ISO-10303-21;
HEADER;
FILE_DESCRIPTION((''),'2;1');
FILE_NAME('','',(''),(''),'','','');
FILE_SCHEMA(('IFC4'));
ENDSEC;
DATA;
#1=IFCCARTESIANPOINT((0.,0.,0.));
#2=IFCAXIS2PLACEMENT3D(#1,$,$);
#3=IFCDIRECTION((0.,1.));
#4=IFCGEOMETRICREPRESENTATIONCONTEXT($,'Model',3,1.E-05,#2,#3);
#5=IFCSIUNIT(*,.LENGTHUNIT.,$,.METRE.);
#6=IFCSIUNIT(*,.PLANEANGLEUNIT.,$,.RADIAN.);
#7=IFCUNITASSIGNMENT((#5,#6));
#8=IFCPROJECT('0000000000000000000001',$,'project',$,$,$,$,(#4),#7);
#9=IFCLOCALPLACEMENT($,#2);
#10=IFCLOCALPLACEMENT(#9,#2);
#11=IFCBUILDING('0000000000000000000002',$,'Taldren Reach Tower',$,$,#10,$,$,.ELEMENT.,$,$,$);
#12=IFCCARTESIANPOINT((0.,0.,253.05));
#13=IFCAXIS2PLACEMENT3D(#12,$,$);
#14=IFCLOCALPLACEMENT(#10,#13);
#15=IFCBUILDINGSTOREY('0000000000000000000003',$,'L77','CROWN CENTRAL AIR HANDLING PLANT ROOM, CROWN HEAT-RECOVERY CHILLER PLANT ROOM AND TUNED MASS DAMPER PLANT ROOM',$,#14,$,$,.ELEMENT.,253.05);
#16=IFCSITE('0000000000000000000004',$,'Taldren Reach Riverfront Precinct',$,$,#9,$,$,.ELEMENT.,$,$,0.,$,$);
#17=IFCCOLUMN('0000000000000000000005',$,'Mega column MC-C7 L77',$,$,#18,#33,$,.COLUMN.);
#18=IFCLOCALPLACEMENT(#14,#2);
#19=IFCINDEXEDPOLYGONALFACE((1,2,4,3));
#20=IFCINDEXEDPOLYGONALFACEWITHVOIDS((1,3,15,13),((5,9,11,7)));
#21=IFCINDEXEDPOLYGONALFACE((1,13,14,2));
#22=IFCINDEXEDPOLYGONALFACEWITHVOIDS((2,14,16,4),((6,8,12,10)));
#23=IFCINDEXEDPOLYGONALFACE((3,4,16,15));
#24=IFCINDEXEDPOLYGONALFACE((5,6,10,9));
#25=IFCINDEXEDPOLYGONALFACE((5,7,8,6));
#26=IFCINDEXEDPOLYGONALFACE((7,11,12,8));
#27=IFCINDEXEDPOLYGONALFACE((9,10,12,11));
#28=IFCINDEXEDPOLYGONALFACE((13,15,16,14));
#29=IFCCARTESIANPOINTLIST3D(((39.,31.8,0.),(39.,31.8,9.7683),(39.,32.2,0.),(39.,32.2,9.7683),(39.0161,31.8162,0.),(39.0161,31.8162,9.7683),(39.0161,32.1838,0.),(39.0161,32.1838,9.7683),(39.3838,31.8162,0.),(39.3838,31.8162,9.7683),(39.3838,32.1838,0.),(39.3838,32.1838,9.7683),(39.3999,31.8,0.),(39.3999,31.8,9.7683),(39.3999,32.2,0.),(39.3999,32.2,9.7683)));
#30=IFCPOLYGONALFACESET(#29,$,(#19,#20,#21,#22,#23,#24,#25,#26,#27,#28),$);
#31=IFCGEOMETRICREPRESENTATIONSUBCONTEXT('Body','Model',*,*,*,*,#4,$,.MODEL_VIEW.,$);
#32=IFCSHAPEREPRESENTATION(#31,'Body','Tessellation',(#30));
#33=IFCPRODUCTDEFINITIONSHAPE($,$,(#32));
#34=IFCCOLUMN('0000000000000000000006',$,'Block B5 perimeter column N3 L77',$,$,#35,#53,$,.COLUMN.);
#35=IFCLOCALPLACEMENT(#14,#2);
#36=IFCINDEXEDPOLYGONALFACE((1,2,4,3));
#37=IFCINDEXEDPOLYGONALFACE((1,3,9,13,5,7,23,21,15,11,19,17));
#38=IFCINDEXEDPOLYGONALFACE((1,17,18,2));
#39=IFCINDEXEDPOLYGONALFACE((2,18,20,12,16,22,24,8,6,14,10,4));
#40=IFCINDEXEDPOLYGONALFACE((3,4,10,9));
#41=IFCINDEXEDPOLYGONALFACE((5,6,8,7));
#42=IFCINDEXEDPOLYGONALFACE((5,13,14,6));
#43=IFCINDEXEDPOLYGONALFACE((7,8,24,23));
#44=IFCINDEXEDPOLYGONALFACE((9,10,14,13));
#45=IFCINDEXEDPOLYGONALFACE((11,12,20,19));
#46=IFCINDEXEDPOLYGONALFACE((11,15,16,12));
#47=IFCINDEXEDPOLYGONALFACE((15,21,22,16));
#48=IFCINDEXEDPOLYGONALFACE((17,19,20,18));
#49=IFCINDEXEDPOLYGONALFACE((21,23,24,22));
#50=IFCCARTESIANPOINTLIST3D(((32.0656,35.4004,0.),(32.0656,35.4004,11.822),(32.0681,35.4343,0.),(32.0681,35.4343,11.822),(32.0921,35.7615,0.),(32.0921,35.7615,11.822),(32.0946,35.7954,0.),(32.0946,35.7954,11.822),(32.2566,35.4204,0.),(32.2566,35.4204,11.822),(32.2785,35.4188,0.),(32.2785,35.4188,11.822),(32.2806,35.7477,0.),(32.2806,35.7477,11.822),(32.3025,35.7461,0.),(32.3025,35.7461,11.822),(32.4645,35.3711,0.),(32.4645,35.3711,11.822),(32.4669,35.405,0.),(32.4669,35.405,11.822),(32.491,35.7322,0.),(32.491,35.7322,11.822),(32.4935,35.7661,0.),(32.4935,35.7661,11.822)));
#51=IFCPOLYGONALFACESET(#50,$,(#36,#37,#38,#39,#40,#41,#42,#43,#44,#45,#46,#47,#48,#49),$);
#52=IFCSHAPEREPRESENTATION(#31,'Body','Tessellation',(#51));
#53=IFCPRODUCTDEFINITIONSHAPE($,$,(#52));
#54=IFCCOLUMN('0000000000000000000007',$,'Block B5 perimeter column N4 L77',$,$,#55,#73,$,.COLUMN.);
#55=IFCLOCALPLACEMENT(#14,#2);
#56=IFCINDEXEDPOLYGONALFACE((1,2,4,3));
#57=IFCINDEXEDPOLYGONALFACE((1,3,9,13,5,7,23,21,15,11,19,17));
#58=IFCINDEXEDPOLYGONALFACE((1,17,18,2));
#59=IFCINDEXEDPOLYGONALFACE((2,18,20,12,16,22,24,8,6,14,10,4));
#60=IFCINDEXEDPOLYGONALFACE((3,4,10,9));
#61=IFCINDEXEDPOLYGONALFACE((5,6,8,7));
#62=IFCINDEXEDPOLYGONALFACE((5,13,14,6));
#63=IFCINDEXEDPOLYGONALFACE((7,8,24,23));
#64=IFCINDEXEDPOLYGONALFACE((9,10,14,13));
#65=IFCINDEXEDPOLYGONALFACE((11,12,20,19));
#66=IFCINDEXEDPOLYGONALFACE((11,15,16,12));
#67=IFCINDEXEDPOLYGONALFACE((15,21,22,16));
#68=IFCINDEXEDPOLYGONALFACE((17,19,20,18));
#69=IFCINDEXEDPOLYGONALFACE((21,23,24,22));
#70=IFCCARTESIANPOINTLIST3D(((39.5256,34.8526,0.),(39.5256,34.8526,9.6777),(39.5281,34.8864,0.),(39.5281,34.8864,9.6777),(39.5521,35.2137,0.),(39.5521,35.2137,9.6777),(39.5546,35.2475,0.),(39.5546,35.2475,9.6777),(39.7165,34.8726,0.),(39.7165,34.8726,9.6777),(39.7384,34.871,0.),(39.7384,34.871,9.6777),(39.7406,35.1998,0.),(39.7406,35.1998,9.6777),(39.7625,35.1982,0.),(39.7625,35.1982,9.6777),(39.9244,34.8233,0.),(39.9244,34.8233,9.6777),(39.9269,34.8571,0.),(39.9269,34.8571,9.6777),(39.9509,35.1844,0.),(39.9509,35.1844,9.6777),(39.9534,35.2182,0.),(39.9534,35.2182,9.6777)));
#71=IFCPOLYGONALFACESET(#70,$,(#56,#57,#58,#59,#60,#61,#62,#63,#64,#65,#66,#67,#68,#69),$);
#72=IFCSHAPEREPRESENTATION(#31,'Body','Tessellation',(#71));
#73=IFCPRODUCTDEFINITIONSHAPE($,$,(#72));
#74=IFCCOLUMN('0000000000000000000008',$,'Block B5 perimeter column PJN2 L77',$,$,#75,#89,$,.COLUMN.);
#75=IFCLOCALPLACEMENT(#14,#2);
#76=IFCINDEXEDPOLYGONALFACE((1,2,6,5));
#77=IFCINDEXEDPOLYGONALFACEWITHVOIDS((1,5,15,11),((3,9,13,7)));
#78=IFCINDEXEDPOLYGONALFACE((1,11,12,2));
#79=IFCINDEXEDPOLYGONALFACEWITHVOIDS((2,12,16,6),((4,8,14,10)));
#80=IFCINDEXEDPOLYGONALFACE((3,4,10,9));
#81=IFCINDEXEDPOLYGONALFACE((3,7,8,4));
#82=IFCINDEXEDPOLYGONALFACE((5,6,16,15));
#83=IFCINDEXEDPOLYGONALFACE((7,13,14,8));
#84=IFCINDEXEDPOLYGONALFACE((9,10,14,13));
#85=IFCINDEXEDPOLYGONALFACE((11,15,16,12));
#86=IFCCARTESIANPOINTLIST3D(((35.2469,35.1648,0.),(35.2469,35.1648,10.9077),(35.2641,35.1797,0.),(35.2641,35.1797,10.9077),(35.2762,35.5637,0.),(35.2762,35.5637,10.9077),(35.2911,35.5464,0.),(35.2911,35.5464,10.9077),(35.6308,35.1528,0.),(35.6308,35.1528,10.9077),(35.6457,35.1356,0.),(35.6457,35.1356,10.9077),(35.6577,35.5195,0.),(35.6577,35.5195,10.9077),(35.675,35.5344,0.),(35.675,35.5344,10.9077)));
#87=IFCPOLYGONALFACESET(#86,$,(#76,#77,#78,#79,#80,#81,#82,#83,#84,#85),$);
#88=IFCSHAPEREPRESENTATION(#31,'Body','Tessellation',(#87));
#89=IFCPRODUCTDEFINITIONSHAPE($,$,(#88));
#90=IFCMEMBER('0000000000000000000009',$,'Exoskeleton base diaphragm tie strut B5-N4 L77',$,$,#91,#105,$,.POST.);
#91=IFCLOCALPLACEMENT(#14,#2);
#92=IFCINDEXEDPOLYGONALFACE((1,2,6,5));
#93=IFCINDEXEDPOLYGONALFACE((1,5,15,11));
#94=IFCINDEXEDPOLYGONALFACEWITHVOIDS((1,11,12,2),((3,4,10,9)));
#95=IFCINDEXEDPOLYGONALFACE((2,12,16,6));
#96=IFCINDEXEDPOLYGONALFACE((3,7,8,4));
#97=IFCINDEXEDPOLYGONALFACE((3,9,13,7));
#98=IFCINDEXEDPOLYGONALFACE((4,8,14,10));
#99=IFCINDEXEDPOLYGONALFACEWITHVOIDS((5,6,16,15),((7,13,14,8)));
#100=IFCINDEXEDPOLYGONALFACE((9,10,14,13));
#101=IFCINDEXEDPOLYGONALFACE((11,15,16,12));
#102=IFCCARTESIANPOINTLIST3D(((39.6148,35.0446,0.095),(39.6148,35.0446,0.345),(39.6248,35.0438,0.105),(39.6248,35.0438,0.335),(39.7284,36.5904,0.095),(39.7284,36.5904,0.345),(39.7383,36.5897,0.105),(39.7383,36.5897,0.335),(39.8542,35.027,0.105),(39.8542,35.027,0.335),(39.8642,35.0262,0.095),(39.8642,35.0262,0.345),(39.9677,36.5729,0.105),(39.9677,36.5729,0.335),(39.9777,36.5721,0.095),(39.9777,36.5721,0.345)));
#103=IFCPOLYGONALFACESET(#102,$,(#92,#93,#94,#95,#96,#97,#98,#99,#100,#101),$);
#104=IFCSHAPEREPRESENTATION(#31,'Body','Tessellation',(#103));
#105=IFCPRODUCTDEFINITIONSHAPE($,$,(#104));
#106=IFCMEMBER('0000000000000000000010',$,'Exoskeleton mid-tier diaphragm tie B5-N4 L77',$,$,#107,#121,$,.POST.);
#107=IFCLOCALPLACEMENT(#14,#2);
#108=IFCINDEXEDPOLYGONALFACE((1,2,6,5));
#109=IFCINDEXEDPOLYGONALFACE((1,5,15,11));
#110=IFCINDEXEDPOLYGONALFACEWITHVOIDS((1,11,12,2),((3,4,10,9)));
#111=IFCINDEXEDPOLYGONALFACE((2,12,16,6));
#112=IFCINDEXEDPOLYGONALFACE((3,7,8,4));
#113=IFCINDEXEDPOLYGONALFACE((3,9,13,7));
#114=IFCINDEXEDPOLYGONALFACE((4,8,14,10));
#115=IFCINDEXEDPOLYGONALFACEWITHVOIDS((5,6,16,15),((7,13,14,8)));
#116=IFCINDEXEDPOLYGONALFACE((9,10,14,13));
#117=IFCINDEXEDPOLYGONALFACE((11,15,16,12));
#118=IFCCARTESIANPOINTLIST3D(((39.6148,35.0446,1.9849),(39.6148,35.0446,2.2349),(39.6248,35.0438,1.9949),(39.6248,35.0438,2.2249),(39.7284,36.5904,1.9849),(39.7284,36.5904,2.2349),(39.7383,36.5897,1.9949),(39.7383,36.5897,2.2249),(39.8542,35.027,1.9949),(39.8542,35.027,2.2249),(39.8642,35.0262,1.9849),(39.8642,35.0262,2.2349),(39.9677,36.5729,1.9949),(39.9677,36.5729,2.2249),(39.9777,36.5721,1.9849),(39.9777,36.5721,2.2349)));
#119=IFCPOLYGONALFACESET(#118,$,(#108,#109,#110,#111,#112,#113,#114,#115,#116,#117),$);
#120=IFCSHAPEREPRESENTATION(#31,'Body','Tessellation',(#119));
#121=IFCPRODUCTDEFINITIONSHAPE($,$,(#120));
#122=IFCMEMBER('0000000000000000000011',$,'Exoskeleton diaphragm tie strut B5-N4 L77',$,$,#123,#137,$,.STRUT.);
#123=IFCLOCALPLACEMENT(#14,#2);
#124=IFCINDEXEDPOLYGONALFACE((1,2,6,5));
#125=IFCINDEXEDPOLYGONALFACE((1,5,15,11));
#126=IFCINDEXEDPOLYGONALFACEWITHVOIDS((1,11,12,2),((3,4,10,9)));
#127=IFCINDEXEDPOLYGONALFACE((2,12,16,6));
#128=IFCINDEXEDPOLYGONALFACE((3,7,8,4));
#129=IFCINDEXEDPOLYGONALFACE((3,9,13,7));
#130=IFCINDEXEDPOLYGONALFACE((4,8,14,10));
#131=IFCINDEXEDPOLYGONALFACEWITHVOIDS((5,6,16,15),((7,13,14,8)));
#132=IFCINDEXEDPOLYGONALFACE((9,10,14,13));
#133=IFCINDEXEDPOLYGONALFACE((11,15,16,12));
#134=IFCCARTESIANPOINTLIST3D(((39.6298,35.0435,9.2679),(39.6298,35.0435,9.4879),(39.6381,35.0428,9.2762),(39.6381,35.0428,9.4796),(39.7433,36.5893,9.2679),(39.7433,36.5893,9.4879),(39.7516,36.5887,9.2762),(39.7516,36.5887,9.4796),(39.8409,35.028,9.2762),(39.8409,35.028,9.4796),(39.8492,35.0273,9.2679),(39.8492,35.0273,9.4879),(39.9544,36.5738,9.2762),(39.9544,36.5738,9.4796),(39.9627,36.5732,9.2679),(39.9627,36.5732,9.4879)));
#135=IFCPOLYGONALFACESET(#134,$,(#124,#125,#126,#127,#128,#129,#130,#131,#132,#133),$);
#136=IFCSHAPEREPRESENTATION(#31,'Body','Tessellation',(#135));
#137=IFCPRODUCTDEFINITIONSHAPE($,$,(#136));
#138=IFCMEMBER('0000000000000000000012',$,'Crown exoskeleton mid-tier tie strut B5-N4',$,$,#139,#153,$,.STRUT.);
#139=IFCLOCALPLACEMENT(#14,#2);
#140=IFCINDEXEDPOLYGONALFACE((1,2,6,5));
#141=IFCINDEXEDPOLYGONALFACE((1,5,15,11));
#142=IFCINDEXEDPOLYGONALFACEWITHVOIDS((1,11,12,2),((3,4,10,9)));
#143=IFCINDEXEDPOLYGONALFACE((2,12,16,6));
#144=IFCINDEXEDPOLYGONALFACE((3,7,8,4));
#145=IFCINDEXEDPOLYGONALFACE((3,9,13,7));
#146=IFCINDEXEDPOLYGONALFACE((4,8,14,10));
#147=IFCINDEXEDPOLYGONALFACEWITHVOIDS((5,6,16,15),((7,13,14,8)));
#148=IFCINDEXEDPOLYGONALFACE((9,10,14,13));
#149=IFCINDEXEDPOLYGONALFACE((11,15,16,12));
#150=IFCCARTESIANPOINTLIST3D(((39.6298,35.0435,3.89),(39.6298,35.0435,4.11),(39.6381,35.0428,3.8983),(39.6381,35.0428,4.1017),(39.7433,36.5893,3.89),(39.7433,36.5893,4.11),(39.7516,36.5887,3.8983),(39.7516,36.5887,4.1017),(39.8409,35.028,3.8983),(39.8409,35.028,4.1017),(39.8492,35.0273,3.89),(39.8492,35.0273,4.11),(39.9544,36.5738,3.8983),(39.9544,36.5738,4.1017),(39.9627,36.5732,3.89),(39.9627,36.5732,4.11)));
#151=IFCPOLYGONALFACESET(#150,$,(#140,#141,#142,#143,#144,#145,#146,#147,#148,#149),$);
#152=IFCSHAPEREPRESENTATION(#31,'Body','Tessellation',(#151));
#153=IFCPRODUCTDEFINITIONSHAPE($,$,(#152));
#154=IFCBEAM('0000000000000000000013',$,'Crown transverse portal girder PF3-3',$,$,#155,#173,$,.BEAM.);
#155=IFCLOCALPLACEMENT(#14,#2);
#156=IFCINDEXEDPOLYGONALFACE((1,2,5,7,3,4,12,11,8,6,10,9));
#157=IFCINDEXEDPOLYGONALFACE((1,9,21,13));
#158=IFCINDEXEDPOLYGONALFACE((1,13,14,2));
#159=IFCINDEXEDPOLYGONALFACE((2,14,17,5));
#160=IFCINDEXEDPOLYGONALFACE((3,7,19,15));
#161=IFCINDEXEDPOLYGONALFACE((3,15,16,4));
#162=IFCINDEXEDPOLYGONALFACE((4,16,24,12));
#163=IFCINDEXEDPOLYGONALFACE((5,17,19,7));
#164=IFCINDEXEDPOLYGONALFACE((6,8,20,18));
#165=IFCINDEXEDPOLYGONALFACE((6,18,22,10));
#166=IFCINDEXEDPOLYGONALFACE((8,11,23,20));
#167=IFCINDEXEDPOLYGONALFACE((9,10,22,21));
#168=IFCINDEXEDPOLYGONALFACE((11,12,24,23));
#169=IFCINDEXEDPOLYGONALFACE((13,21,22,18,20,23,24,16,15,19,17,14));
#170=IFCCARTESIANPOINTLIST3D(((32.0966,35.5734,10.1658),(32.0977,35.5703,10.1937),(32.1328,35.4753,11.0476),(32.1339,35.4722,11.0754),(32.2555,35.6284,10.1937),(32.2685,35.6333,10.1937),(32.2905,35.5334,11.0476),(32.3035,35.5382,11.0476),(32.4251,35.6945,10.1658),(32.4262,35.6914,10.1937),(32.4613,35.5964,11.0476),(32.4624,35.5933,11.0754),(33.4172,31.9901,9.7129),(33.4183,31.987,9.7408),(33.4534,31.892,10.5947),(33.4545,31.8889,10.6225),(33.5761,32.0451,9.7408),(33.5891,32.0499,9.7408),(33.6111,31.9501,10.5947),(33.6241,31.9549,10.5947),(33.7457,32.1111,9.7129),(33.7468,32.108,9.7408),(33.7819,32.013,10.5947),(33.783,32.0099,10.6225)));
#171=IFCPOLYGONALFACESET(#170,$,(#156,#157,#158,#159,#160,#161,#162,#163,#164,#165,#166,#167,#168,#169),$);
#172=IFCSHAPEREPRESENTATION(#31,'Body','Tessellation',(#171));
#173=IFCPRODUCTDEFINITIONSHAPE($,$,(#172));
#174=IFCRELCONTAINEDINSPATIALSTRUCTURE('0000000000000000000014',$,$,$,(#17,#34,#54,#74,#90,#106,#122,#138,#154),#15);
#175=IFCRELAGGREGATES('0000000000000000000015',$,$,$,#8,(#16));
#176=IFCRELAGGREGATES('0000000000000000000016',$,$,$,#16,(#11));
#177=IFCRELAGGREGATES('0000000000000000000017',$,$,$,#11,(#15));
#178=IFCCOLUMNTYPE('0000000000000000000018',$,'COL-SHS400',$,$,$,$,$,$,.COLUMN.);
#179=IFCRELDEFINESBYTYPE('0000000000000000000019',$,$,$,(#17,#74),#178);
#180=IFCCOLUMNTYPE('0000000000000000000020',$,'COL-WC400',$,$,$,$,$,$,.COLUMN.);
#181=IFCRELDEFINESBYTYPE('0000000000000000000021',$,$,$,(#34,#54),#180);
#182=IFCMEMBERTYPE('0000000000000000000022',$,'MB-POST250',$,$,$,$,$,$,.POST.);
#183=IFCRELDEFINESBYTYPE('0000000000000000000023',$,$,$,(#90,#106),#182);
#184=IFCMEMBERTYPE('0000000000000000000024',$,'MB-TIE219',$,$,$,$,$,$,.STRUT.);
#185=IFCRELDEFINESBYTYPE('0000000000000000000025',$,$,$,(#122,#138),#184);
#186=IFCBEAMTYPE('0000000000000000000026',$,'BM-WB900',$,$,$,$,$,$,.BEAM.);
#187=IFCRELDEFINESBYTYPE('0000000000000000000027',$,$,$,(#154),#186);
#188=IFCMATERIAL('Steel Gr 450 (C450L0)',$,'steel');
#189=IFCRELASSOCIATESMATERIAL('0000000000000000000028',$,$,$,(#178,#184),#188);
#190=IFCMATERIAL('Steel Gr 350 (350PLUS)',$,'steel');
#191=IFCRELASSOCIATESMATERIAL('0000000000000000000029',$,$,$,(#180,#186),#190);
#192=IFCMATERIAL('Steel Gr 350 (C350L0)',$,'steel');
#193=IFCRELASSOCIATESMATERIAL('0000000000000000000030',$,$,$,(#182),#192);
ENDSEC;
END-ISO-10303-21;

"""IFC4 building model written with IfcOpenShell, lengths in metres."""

from ifc_helpers import new_model, si_unit, direction, frame, origin, origin_2d, place, context, subcontext, project, spatial, hollow_rectangle, i_section, extrude, source, transform, mapped, material, material_profile, profile_set, type_object, element, save


model = new_model("IFC4")

# Units and contexts
model_context = context("Model", 3, precision=1e-05, world=origin(), true_north=direction((0.0, 1.0)))
body_context = subcontext(model_context, "Body", "Model", "MODEL_VIEW")
ifc_project = project(units=[si_unit("LENGTHUNIT", "METRE"), si_unit("PLANEANGLEUNIT", "RADIAN")], contexts=[model_context])

# Site, building, storey
site_placement = place(None, origin())
site = spatial("IfcSite", under=ifc_project, at=site_placement, Name="Taldren Reach Riverfront Precinct", CompositionType="ELEMENT", RefElevation=0.0)
building_placement = place(site_placement, origin())
building = spatial("IfcBuilding", under=site, at=building_placement, Name="Taldren Reach Tower", CompositionType="ELEMENT")
storey_placement = place(building_placement, frame((0.0, 0.0, 253.05)))
storey = spatial("IfcBuildingStorey", under=building, at=storey_placement, Name="L77", Description="CROWN CENTRAL AIR HANDLING PLANT ROOM, CROWN HEAT-RECOVERY CHILLER PLANT ROOM AND TUNED MASS DAMPER PLANT ROOM", CompositionType="ELEMENT", Elevation=253.05)

# Columns
ifc_material_1 = material(Name="Steel Gr 450 (C450L0)", Category="steel")
ifc_material_profile_1 = material_profile(ifc_material_1, hollow_rectangle(XDim=0.3999, YDim=0.3999, WallThickness=0.0161, at=origin_2d()), Name="400x400x16.0SHS")
ifc_profile_set_1 = profile_set([ifc_material_profile_1], Name="Steel Gr 450 (C450L0)")
column_type_1 = type_object("IfcColumnType", Name="COL-SHS400", PredefinedType="COLUMN", material=ifc_profile_set_1)
shared_shape_1 = source(origin(), body_context, "Body", "SweptSolid", [
    extrude(hollow_rectangle(XDim=0.3999, YDim=0.3999, WallThickness=0.0161, at=origin_2d()), origin(), (0.0, 0.0, 1.0), 9.7683),
])
column_1_placement = place(storey_placement, frame((39.2, 32.0, 0.0), z_axis=(0.0, 0.0, 1.0), x_axis=(1.0, 0.0, 0.0)))
element("IfcColumn", 1, at=column_1_placement, inside=storey, type_object=column_type_1, Name="Mega column MC-C7 L77", PredefinedType="COLUMN", context=body_context, shape_type="MappedRepresentation", body=[
    mapped(shared_shape_1, transform((0.0, 0.0, 0.0), scale=1.0)),
])
ifc_material_2 = material(Name="Steel Gr 350 (350PLUS)", Category="steel")
ifc_material_profile_2 = material_profile(ifc_material_2, i_section(OverallWidth=0.3999, OverallDepth=0.396, WebThickness=0.022, FlangeThickness=0.0339, at=origin_2d()), Name="400WC270")
ifc_profile_set_2 = profile_set([ifc_material_profile_2], Name="Steel Gr 350 (350PLUS)")
column_type_2 = type_object("IfcColumnType", Name="COL-WC400", PredefinedType="COLUMN", material=ifc_profile_set_2)
shared_shape_2 = source(origin(), body_context, "Body", "SweptSolid", [
    extrude(i_section(OverallWidth=0.3999, OverallDepth=0.396, WebThickness=0.022, FlangeThickness=0.0339, at=origin_2d()), origin(), (0.0, 0.0, 1.0), 11.822),
])
column_2_placement = place(storey_placement, frame((32.2795, 35.5833, 0.0), z_axis=(0.0, 0.0, 1.0), x_axis=(0.997314, -0.073238, 0.0)))
element("IfcColumn", 2, at=column_2_placement, inside=storey, type_object=column_type_2, Name="Block B5 perimeter column N3 L77", PredefinedType="COLUMN", context=body_context, shape_type="MappedRepresentation", body=[
    mapped(shared_shape_2, transform((0.0, 0.0, 0.0), scale=1.0)),
])
shared_shape_3 = source(origin(), body_context, "Body", "SweptSolid", [
    extrude(i_section(OverallWidth=0.3999, OverallDepth=0.396, WebThickness=0.022, FlangeThickness=0.0339, at=origin_2d()), origin(), (0.0, 0.0, 1.0), 9.6777),
])
column_3_placement = place(storey_placement, frame((39.7395, 35.0354, 0.0), z_axis=(0.0, 0.0, 1.0), x_axis=(0.997314, -0.073238, 0.0)))
element("IfcColumn", 3, at=column_3_placement, inside=storey, type_object=column_type_2, Name="Block B5 perimeter column N4 L77", PredefinedType="COLUMN", context=body_context, shape_type="MappedRepresentation", body=[
    mapped(shared_shape_3, transform((0.0, 0.0, 0.0), scale=1.0)),
])
shared_shape_4 = source(origin(), body_context, "Body", "SweptSolid", [
    extrude(hollow_rectangle(XDim=0.3999, YDim=0.3999, WallThickness=0.0161, at=origin_2d()), origin(), (0.0, 0.0, 1.0), 10.9077),
])
column_4_placement = place(storey_placement, frame((35.4609, 35.3496, 0.0), z_axis=(0.0, 0.0, 1.0), x_axis=(0.997314, -0.073238, 0.0)))
element("IfcColumn", 4, at=column_4_placement, inside=storey, type_object=column_type_1, Name="Block B5 perimeter column PJN2 L77", PredefinedType="COLUMN", context=body_context, shape_type="MappedRepresentation", body=[
    mapped(shared_shape_4, transform((0.0, 0.0, 0.0), scale=1.0)),
])

# Members
ifc_material_3 = material(Name="Steel Gr 350 (C350L0)", Category="steel")
ifc_material_profile_3 = material_profile(ifc_material_3, hollow_rectangle(XDim=0.25, YDim=0.25, WallThickness=0.01, at=origin_2d()), Name="250x250x10.0SHS")
ifc_profile_set_3 = profile_set([ifc_material_profile_3], Name="Steel Gr 350 (C350L0)")
member_type_1 = type_object("IfcMemberType", Name="MB-POST250", PredefinedType="POST", material=ifc_profile_set_3)
shared_shape_5 = source(origin(), body_context, "Body", "SweptSolid", [
    extrude(hollow_rectangle(XDim=0.25, YDim=0.25, WallThickness=0.01, at=origin_2d()), origin(), (0.0, 0.0, 1.0), 1.55),
])
for number, where, z_axis, x_axis, name in (
    (5, (39.7395, 35.0354, 0.22), (0.073239, 0.997314, 0.0), (-0.997314, 0.073239, 0.0), "Exoskeleton base diaphragm tie strut B5-N4 L77"),
    (6, (39.7395, 35.0354, 2.1099), (0.073239, 0.997314, 0.0), (-0.997314, 0.073239, 0.0), "Exoskeleton mid-tier diaphragm tie B5-N4 L77"),
):
    element("IfcMember", number, at=place(storey_placement, frame(where, z_axis=z_axis, x_axis=x_axis)), inside=storey, type_object=member_type_1, Name=name, PredefinedType="POST", context=body_context, shape_type="MappedRepresentation", body=[
        mapped(shared_shape_5, transform((0.0, 0.0, 0.0), scale=1.0)),
    ])
ifc_material_profile_4 = material_profile(ifc_material_1, hollow_rectangle(XDim=0.22, YDim=0.22, WallThickness=0.0083, at=origin_2d()), Name="220x220x8.2SHS")
ifc_profile_set_4 = profile_set([ifc_material_profile_4], Name="Steel Gr 450 (C450L0)")
member_type_2 = type_object("IfcMemberType", Name="MB-TIE219", PredefinedType="STRUT", material=ifc_profile_set_4)
shared_shape_6 = source(origin(), body_context, "Body", "SweptSolid", [
    extrude(hollow_rectangle(XDim=0.22, YDim=0.22, WallThickness=0.0083, at=origin_2d()), origin(), (0.0, 0.0, 1.0), 1.55),
])
for number, where, z_axis, x_axis, name in (
    (7, (39.7395, 35.0354, 9.3779), (0.073239, 0.997314, 0.0), (-0.997314, 0.073239, 0.0), "Exoskeleton diaphragm tie strut B5-N4 L77"),
    (8, (39.7395, 35.0354, 4.0), (0.073239, 0.997314, 0.0), (-0.997314, 0.073239, 0.0), "Crown exoskeleton mid-tier tie strut B5-N4"),
):
    element("IfcMember", number, at=place(storey_placement, frame(where, z_axis=z_axis, x_axis=x_axis)), inside=storey, type_object=member_type_2, Name=name, PredefinedType="STRUT", context=body_context, shape_type="MappedRepresentation", body=[
        mapped(shared_shape_6, transform((0.0, 0.0, 0.0), scale=1.0)),
    ])

# Beam
ifc_material_profile_5 = material_profile(ifc_material_2, i_section(OverallWidth=0.3501, OverallDepth=0.916, WebThickness=0.0139, FlangeThickness=0.0281, at=origin_2d()), Name="900WB257")
ifc_profile_set_5 = profile_set([ifc_material_profile_5], Name="Steel Gr 350 (350PLUS)")
beam_type_1 = type_object("IfcBeamType", Name="BM-WB900", PredefinedType="BEAM", material=ifc_profile_set_5)
shared_shape_7 = source(origin(), body_context, "Body", "SweptSolid", [
    extrude(i_section(OverallWidth=0.3501, OverallDepth=0.916, WebThickness=0.0139, FlangeThickness=0.0281, at=origin_2d()), origin(), (0.0, 0.0, 1.0), 3.8457),
])
beam_1_placement = place(storey_placement, frame((33.6001, 32.0, 10.1677), z_axis=(-0.343394, 0.931779, 0.117766), x_axis=(-0.938308, -0.3458, 0.0)))
element("IfcBeam", 9, at=beam_1_placement, inside=storey, type_object=beam_type_1, Name="Crown transverse portal girder PF3-3", PredefinedType="BEAM", context=body_context, shape_type="MappedRepresentation", body=[
    mapped(shared_shape_7, transform((0.0, 0.0, 0.0), scale=1.0)),
])

save(model, "model.ifc")
